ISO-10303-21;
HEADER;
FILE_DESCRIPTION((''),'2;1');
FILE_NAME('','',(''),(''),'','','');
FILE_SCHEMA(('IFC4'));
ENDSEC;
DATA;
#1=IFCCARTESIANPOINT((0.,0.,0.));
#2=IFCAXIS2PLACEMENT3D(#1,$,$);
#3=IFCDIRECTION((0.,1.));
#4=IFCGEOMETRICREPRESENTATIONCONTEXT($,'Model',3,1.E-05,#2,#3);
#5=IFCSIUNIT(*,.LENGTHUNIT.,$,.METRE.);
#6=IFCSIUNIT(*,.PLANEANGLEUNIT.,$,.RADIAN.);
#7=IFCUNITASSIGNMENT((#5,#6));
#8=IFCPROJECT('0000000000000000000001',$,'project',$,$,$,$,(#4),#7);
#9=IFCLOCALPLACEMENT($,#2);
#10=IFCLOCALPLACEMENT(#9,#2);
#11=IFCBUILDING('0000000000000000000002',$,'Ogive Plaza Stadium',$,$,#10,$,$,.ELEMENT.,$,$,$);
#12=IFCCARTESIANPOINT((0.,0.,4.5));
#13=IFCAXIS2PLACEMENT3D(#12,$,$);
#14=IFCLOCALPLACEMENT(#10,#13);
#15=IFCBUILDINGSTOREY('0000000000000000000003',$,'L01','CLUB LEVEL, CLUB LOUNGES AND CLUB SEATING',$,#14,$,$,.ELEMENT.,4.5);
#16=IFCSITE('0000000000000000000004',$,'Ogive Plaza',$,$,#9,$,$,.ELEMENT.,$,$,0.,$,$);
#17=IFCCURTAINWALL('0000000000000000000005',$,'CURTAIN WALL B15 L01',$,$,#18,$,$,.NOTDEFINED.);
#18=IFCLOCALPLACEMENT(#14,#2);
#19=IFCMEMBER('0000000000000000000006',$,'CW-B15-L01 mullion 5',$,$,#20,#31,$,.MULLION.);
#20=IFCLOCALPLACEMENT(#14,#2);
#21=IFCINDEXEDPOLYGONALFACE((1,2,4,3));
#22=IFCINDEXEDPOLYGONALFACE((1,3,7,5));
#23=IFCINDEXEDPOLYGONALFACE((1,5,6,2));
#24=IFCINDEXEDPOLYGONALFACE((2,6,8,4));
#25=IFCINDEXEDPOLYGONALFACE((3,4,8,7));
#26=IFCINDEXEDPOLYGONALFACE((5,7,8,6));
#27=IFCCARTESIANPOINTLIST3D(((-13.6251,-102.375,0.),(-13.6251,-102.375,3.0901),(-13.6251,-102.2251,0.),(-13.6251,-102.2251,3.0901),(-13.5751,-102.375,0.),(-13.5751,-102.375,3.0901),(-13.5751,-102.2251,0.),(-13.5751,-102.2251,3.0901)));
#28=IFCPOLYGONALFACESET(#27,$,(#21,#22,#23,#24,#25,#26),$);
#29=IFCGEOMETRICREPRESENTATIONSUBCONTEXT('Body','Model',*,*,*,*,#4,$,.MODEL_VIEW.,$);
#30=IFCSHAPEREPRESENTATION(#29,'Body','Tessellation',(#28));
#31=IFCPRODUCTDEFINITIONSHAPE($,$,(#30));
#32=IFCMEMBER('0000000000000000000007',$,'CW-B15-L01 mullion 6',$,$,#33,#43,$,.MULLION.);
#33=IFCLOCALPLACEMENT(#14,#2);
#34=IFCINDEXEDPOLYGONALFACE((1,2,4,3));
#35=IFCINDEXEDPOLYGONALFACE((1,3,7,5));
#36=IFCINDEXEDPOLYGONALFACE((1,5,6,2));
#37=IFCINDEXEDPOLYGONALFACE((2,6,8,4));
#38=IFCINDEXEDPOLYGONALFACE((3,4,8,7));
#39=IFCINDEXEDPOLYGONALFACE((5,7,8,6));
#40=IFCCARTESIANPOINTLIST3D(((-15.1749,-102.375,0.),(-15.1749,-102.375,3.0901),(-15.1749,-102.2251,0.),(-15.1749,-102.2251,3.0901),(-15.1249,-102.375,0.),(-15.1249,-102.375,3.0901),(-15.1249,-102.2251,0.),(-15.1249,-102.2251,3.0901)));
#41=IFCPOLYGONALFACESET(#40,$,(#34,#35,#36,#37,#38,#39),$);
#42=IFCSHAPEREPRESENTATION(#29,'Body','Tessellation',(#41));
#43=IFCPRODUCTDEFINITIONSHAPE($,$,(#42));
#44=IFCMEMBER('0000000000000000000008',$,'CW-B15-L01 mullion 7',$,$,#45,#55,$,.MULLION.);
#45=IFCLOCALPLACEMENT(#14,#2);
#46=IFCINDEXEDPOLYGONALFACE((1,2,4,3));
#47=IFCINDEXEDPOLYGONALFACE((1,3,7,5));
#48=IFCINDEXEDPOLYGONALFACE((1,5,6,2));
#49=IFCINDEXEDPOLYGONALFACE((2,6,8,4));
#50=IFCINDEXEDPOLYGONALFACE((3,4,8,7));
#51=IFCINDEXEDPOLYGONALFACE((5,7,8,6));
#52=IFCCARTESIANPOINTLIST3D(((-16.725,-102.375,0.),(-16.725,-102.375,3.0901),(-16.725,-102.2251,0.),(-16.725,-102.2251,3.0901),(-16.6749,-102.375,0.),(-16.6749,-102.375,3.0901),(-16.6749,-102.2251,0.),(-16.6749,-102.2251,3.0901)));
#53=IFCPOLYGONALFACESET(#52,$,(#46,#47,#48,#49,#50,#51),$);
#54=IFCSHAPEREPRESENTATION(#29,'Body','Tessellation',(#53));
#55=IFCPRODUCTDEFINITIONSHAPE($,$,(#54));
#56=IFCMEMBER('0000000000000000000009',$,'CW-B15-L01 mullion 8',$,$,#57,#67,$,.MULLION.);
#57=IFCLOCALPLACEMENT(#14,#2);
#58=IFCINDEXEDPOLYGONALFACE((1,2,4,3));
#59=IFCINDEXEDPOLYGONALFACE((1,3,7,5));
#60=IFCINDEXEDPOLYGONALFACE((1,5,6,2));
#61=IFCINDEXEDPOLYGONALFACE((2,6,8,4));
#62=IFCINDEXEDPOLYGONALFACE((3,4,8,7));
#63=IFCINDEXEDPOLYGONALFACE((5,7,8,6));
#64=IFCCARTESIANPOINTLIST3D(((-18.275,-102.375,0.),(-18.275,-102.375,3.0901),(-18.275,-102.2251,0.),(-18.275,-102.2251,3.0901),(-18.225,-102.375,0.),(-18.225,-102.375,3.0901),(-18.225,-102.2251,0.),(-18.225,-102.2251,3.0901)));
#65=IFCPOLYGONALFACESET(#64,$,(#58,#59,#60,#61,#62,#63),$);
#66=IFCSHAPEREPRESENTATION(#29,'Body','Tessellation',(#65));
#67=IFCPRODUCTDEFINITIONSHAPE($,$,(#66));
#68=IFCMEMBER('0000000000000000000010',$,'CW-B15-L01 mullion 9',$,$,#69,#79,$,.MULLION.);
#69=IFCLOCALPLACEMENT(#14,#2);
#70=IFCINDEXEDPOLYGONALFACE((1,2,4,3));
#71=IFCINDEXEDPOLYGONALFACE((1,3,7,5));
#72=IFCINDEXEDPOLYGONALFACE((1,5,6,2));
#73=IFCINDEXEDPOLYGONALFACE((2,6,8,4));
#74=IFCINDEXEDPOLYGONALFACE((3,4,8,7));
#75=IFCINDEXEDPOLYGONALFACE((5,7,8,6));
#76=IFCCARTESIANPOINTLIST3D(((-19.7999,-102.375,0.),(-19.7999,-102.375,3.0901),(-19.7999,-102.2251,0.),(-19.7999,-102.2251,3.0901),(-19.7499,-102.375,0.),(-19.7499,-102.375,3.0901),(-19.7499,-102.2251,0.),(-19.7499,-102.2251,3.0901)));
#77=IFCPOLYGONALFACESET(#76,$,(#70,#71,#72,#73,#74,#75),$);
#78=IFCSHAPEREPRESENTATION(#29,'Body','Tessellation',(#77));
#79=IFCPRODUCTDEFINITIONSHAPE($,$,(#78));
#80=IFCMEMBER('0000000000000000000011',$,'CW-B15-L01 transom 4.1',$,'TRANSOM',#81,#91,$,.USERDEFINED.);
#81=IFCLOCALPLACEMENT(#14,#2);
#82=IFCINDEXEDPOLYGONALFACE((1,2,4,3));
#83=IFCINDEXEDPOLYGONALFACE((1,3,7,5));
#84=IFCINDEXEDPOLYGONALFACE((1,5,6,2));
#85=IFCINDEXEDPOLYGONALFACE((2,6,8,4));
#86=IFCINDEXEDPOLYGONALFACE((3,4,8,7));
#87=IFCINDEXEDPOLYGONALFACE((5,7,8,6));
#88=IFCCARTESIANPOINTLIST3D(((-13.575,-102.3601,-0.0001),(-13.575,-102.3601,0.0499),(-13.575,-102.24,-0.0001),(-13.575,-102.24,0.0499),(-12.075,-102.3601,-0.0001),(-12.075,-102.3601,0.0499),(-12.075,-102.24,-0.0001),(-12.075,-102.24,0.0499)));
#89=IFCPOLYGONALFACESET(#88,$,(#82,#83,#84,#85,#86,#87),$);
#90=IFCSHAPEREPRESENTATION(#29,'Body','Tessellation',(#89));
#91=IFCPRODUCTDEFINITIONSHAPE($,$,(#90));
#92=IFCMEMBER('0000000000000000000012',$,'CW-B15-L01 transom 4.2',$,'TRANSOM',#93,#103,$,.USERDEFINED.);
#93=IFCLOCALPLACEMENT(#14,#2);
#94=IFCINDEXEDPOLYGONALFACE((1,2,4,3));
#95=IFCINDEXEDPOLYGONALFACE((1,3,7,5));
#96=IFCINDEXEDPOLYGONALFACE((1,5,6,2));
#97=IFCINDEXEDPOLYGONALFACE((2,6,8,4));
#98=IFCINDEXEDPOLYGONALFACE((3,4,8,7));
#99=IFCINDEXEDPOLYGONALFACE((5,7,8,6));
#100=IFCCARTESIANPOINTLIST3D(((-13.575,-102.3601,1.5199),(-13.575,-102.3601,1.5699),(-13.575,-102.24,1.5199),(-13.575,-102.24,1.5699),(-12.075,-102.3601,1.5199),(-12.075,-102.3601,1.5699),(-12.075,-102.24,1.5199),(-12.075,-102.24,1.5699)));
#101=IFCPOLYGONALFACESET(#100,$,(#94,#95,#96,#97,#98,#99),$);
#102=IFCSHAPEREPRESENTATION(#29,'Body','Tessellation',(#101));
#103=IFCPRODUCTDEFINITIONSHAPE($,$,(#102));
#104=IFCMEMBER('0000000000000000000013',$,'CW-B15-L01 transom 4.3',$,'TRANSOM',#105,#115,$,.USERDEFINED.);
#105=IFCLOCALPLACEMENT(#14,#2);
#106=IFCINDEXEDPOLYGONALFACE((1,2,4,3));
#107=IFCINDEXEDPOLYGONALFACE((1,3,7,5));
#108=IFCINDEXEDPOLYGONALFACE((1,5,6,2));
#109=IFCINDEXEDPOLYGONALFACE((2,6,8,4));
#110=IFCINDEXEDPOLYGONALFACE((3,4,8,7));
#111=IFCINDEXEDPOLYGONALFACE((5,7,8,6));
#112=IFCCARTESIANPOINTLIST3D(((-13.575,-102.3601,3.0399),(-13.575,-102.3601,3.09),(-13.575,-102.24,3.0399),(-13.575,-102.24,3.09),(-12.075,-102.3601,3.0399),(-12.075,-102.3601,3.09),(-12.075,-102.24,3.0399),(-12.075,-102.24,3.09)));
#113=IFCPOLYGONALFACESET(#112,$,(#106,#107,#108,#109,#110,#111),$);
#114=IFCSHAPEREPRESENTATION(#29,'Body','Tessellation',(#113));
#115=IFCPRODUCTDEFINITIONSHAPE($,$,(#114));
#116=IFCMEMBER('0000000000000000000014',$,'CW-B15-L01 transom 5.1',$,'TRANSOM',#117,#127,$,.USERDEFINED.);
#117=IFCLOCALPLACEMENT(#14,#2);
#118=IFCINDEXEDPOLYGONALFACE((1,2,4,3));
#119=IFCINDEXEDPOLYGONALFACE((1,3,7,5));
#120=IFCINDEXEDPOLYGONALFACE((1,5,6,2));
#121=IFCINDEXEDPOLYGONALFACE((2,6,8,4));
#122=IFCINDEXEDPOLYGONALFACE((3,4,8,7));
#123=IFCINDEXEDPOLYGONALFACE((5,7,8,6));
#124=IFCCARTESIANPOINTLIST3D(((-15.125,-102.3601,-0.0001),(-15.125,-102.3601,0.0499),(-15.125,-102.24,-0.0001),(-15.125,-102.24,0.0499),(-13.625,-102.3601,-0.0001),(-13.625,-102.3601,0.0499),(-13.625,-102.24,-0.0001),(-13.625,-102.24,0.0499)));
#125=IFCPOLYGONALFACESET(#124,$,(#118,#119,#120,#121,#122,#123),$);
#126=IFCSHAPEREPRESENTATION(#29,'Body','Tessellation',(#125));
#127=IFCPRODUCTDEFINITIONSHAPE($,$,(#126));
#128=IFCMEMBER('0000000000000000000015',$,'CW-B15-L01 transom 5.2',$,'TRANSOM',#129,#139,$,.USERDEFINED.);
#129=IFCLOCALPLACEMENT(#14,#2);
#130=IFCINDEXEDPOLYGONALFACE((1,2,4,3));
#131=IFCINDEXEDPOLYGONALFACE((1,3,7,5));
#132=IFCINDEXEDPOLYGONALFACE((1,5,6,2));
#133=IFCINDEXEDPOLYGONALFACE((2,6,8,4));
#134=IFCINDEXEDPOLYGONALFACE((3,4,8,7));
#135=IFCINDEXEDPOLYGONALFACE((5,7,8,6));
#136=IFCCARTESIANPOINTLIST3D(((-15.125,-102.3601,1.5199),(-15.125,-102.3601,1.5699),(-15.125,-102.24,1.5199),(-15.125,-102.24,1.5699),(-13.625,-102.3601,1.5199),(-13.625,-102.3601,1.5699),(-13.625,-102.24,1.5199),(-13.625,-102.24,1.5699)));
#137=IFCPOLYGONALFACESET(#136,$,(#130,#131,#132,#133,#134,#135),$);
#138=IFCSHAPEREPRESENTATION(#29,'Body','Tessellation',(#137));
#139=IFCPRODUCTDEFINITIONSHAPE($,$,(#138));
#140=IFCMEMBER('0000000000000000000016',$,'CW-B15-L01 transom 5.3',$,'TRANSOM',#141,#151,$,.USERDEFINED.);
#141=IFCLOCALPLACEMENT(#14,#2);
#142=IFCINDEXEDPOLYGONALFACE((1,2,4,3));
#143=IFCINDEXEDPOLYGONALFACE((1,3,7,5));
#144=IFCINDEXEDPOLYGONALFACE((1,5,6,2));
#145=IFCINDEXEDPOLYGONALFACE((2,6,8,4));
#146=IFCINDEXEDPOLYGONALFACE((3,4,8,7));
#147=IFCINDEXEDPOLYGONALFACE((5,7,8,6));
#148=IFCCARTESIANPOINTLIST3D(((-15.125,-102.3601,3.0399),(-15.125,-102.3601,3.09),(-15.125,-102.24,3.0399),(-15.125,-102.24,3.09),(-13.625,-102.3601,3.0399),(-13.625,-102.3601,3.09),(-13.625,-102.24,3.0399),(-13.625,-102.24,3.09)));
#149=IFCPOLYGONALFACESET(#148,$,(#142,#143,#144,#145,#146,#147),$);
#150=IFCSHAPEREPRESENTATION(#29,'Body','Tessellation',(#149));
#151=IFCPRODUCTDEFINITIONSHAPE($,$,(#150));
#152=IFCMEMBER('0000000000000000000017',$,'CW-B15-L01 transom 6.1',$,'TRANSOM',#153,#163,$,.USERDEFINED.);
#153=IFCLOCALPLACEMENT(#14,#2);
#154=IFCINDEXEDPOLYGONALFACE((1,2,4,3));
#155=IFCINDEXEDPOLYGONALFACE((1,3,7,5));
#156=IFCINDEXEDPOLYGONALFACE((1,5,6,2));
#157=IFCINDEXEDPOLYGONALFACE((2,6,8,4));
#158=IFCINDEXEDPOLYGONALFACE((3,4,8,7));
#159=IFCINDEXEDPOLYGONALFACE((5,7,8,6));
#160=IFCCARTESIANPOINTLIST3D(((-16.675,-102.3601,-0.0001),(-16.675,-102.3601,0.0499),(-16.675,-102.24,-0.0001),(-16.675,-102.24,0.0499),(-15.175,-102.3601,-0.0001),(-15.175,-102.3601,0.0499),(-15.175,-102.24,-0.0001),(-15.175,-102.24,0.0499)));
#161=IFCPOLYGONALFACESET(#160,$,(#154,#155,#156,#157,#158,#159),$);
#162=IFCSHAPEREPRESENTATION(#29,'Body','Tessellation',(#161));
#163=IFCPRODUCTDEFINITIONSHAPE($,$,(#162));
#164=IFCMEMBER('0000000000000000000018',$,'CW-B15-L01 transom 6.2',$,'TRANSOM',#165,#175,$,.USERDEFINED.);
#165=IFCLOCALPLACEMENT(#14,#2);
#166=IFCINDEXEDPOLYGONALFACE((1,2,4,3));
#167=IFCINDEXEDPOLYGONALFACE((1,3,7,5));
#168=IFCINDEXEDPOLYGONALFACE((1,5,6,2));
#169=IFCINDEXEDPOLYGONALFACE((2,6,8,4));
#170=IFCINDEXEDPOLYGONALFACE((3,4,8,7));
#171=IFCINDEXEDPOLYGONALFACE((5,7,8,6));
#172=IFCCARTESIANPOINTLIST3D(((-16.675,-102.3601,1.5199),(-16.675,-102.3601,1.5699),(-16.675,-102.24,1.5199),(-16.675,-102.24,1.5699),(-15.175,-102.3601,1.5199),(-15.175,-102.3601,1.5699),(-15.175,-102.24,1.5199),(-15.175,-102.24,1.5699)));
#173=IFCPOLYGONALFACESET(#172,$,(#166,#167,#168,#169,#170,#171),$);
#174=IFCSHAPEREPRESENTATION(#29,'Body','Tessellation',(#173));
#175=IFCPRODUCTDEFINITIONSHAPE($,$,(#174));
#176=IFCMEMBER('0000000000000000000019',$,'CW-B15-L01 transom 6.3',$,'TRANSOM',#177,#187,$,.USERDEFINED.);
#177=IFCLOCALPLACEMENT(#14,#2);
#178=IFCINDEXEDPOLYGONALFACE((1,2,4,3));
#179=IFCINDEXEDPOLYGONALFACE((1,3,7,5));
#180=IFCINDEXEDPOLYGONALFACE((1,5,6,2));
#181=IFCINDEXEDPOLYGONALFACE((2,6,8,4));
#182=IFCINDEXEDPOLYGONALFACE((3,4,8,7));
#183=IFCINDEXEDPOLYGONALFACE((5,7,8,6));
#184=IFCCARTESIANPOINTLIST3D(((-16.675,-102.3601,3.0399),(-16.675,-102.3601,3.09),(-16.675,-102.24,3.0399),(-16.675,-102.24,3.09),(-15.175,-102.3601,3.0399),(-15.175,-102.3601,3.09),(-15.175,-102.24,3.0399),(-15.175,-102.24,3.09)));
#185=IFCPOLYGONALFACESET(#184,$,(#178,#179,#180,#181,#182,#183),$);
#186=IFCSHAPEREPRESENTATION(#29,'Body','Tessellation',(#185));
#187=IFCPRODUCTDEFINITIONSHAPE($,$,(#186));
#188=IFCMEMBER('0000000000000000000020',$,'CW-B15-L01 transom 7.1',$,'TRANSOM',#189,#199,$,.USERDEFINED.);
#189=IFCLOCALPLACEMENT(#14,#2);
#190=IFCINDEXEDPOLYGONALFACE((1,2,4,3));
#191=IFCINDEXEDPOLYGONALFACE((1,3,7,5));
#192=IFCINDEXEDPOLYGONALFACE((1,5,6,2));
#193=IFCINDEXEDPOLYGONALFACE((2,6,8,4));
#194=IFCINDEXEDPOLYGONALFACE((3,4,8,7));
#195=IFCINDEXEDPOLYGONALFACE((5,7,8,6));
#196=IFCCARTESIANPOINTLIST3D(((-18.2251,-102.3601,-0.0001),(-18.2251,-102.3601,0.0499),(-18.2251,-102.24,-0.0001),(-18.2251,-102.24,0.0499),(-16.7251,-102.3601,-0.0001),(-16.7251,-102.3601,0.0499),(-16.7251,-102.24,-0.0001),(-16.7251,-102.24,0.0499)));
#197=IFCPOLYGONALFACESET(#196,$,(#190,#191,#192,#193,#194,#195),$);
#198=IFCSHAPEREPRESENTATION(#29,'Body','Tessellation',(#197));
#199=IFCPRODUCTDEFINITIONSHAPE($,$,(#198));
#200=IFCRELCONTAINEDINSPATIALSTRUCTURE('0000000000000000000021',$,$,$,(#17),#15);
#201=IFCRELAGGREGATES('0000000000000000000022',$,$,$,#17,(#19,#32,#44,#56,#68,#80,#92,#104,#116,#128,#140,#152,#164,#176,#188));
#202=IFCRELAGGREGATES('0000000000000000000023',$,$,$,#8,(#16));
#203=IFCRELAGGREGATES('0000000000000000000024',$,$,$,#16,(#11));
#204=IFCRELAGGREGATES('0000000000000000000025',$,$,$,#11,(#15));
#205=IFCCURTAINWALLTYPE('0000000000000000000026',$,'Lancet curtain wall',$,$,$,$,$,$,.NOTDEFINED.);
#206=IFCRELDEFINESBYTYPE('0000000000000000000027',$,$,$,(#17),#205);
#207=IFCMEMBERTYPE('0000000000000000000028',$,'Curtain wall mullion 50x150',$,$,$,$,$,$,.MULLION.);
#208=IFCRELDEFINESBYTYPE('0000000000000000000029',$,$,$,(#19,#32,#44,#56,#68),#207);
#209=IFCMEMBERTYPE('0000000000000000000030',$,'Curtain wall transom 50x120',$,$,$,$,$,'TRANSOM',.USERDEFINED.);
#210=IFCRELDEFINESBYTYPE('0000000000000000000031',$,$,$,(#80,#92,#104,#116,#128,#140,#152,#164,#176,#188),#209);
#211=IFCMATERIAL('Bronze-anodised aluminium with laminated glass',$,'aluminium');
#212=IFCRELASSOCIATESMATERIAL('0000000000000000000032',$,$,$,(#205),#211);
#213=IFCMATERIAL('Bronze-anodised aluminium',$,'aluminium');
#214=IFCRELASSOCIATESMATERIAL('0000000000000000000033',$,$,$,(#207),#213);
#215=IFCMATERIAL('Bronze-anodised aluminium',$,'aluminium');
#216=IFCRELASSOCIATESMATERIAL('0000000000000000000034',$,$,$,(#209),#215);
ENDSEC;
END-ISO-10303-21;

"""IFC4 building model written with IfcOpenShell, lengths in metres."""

from ifc_helpers import new_model, si_unit, direction, frame, origin, origin_2d, place, context, subcontext, project, spatial, rectangle, extrude, material, material_profile, profile_set, type_object, element, aggregate, save


model = new_model("IFC4")

# Units and contexts
model_context = context("Model", 3, precision=1e-05, world=origin(), true_north=direction((0.0, 1.0)))
body_context = subcontext(model_context, "Body", "Model", "MODEL_VIEW")
ifc_project = project(units=[si_unit("LENGTHUNIT", "METRE"), si_unit("PLANEANGLEUNIT", "RADIAN")], contexts=[model_context])

# Site, building, storey
site_placement = place(None, origin())
site = spatial("IfcSite", under=ifc_project, at=site_placement, Name="Ogive Plaza", CompositionType="ELEMENT", RefElevation=0.0)
building_placement = place(site_placement, origin())
building = spatial("IfcBuilding", under=site, at=building_placement, Name="Ogive Plaza Stadium", CompositionType="ELEMENT")
storey_placement = place(building_placement, frame((0.0, 0.0, 4.5)))
storey = spatial("IfcBuildingStorey", under=building, at=storey_placement, Name="L01", Description="CLUB LEVEL, CLUB LOUNGES AND CLUB SEATING", CompositionType="ELEMENT", Elevation=4.5)

# Curtain wall, members
ifc_material_1 = material(Name="Bronze-anodised aluminium with laminated glass", Category="aluminium")
curtain_wall_type = type_object("IfcCurtainWallType", Name="Lancet curtain wall", PredefinedType="NOTDEFINED", material=ifc_material_1)
curtain_wall_placement = place(storey_placement, origin())
curtain_wall = element("IfcCurtainWall", 1, at=curtain_wall_placement, inside=storey, type_object=curtain_wall_type, Name="CURTAIN WALL B15 L01", PredefinedType="NOTDEFINED")
ifc_material_2 = material(Name="Bronze-anodised aluminium", Category="aluminium")
ifc_material_profile_1 = material_profile(ifc_material_2, rectangle(XDim=0.1499, YDim=0.05, at=origin_2d()), Name="AL 150x50")
ifc_profile_set_1 = profile_set([ifc_material_profile_1], Name="Bronze-anodised aluminium")
member_type_1 = type_object("IfcMemberType", Name="Curtain wall mullion 50x150", PredefinedType="MULLION", material=ifc_profile_set_1)
member_1_placement = place(storey_placement, frame((-13.6001, -102.3, 0.0), z_axis=(0.0, 0.0, 1.0), x_axis=(0.0, -1.0, 0.0)))
member_1 = element("IfcMember", 2, at=member_1_placement, type_object=member_type_1, Name="CW-B15-L01 mullion 5", PredefinedType="MULLION", context=body_context, shape_type="SweptSolid", body=[
    extrude(rectangle(XDim=0.1499, YDim=0.05, at=origin_2d()), origin(), (0.0, 0.0, 1.0), 3.0901),
])
member_2_placement = place(storey_placement, frame((-15.1499, -102.3, 0.0), z_axis=(0.0, 0.0, 1.0), x_axis=(0.0, -1.0, 0.0)))
member_2 = element("IfcMember", 3, at=member_2_placement, type_object=member_type_1, Name="CW-B15-L01 mullion 6", PredefinedType="MULLION", context=body_context, shape_type="SweptSolid", body=[
    extrude(rectangle(XDim=0.1499, YDim=0.05, at=origin_2d()), origin(), (0.0, 0.0, 1.0), 3.0901),
])
member_3_placement = place(storey_placement, frame((-16.7, -102.3, 0.0), z_axis=(0.0, 0.0, 1.0), x_axis=(0.0, -1.0, 0.0)))
member_3 = element("IfcMember", 4, at=member_3_placement, type_object=member_type_1, Name="CW-B15-L01 mullion 7", PredefinedType="MULLION", context=body_context, shape_type="SweptSolid", body=[
    extrude(rectangle(XDim=0.1499, YDim=0.05, at=origin_2d()), origin(), (0.0, 0.0, 1.0), 3.0901),
])
member_4_placement = place(storey_placement, frame((-18.25, -102.3, 0.0), z_axis=(0.0, 0.0, 1.0), x_axis=(0.0, -1.0, 0.0)))
member_4 = element("IfcMember", 5, at=member_4_placement, type_object=member_type_1, Name="CW-B15-L01 mullion 8", PredefinedType="MULLION", context=body_context, shape_type="SweptSolid", body=[
    extrude(rectangle(XDim=0.1499, YDim=0.05, at=origin_2d()), origin(), (0.0, 0.0, 1.0), 3.0901),
])
member_5_placement = place(storey_placement, frame((-19.7749, -102.3, 0.0), z_axis=(0.0, 0.0, 1.0), x_axis=(0.0, -1.0, 0.0)))
member_5 = element("IfcMember", 6, at=member_5_placement, type_object=member_type_1, Name="CW-B15-L01 mullion 9", PredefinedType="MULLION", context=body_context, shape_type="SweptSolid", body=[
    extrude(rectangle(XDim=0.1499, YDim=0.05, at=origin_2d()), origin(), (0.0, 0.0, 1.0), 3.0901),
])
ifc_material_3 = material(Name="Bronze-anodised aluminium", Category="aluminium")
ifc_material_profile_2 = material_profile(ifc_material_3, rectangle(XDim=0.1201, YDim=0.05, at=origin_2d()), Name="AL 120x50")
ifc_profile_set_2 = profile_set([ifc_material_profile_2], Name="Bronze-anodised aluminium")
member_type_2 = type_object("IfcMemberType", Name="Curtain wall transom 50x120", ElementType="TRANSOM", PredefinedType="USERDEFINED", material=ifc_profile_set_2)
member_6_placement = place(storey_placement, frame((-12.075, -102.3, 0.0249), z_axis=(-1.0, 0.0, 0.0), x_axis=(0.0, -1.0, 0.0)))
member_6 = element("IfcMember", 7, at=member_6_placement, type_object=member_type_2, Name="CW-B15-L01 transom 4.1", ObjectType="TRANSOM", PredefinedType="USERDEFINED", context=body_context, shape_type="SweptSolid", body=[
    extrude(rectangle(XDim=0.1201, YDim=0.05, at=origin_2d()), origin(), (0.0, 0.0, 1.0), 1.5),
])
member_7_placement = place(storey_placement, frame((-12.075, -102.3, 1.5449), z_axis=(-1.0, 0.0, 0.0), x_axis=(0.0, -1.0, 0.0)))
member_7 = element("IfcMember", 8, at=member_7_placement, type_object=member_type_2, Name="CW-B15-L01 transom 4.2", ObjectType="TRANSOM", PredefinedType="USERDEFINED", context=body_context, shape_type="SweptSolid", body=[
    extrude(rectangle(XDim=0.1201, YDim=0.05, at=origin_2d()), origin(), (0.0, 0.0, 1.0), 1.5),
])
member_8_placement = place(storey_placement, frame((-12.075, -102.3, 3.0649), z_axis=(-1.0, 0.0, 0.0), x_axis=(0.0, -1.0, 0.0)))
member_8 = element("IfcMember", 9, at=member_8_placement, type_object=member_type_2, Name="CW-B15-L01 transom 4.3", ObjectType="TRANSOM", PredefinedType="USERDEFINED", context=body_context, shape_type="SweptSolid", body=[
    extrude(rectangle(XDim=0.1201, YDim=0.05, at=origin_2d()), origin(), (0.0, 0.0, 1.0), 1.5),
])
member_9_placement = place(storey_placement, frame((-13.625, -102.3, 0.0249), z_axis=(-1.0, 0.0, 0.0), x_axis=(0.0, -1.0, 0.0)))
member_9 = element("IfcMember", 10, at=member_9_placement, type_object=member_type_2, Name="CW-B15-L01 transom 5.1", ObjectType="TRANSOM", PredefinedType="USERDEFINED", context=body_context, shape_type="SweptSolid", body=[
    extrude(rectangle(XDim=0.1201, YDim=0.05, at=origin_2d()), origin(), (0.0, 0.0, 1.0), 1.5),
])
member_10_placement = place(storey_placement, frame((-13.625, -102.3, 1.5449), z_axis=(-1.0, 0.0, 0.0), x_axis=(0.0, -1.0, 0.0)))
member_10 = element("IfcMember", 11, at=member_10_placement, type_object=member_type_2, Name="CW-B15-L01 transom 5.2", ObjectType="TRANSOM", PredefinedType="USERDEFINED", context=body_context, shape_type="SweptSolid", body=[
    extrude(rectangle(XDim=0.1201, YDim=0.05, at=origin_2d()), origin(), (0.0, 0.0, 1.0), 1.5),
])
member_11_placement = place(storey_placement, frame((-13.625, -102.3, 3.0649), z_axis=(-1.0, 0.0, 0.0), x_axis=(0.0, -1.0, 0.0)))
member_11 = element("IfcMember", 12, at=member_11_placement, type_object=member_type_2, Name="CW-B15-L01 transom 5.3", ObjectType="TRANSOM", PredefinedType="USERDEFINED", context=body_context, shape_type="SweptSolid", body=[
    extrude(rectangle(XDim=0.1201, YDim=0.05, at=origin_2d()), origin(), (0.0, 0.0, 1.0), 1.5),
])
member_12_placement = place(storey_placement, frame((-15.175, -102.3, 0.0249), z_axis=(-1.0, 0.0, 0.0), x_axis=(0.0, -1.0, 0.0)))
member_12 = element("IfcMember", 13, at=member_12_placement, type_object=member_type_2, Name="CW-B15-L01 transom 6.1", ObjectType="TRANSOM", PredefinedType="USERDEFINED", context=body_context, shape_type="SweptSolid", body=[
    extrude(rectangle(XDim=0.1201, YDim=0.05, at=origin_2d()), origin(), (0.0, 0.0, 1.0), 1.5),
])
member_13_placement = place(storey_placement, frame((-15.175, -102.3, 1.5449), z_axis=(-1.0, 0.0, 0.0), x_axis=(0.0, -1.0, 0.0)))
member_13 = element("IfcMember", 14, at=member_13_placement, type_object=member_type_2, Name="CW-B15-L01 transom 6.2", ObjectType="TRANSOM", PredefinedType="USERDEFINED", context=body_context, shape_type="SweptSolid", body=[
    extrude(rectangle(XDim=0.1201, YDim=0.05, at=origin_2d()), origin(), (0.0, 0.0, 1.0), 1.5),
])
member_14_placement = place(storey_placement, frame((-15.175, -102.3, 3.0649), z_axis=(-1.0, 0.0, 0.0), x_axis=(0.0, -1.0, 0.0)))
member_14 = element("IfcMember", 15, at=member_14_placement, type_object=member_type_2, Name="CW-B15-L01 transom 6.3", ObjectType="TRANSOM", PredefinedType="USERDEFINED", context=body_context, shape_type="SweptSolid", body=[
    extrude(rectangle(XDim=0.1201, YDim=0.05, at=origin_2d()), origin(), (0.0, 0.0, 1.0), 1.5),
])
member_15_placement = place(storey_placement, frame((-16.7251, -102.3, 0.0249), z_axis=(-1.0, 0.0, 0.0), x_axis=(0.0, -1.0, 0.0)))
member_15 = element("IfcMember", 16, at=member_15_placement, type_object=member_type_2, Name="CW-B15-L01 transom 7.1", ObjectType="TRANSOM", PredefinedType="USERDEFINED", context=body_context, shape_type="SweptSolid", body=[
    extrude(rectangle(XDim=0.1201, YDim=0.05, at=origin_2d()), origin(), (0.0, 0.0, 1.0), 1.5),
])
aggregate(curtain_wall, [member_1, member_2, member_3, member_4, member_5, member_6, member_7, member_8, member_9, member_10, member_11, member_12, member_13, member_14, member_15])

save(model, "model.ifc")
